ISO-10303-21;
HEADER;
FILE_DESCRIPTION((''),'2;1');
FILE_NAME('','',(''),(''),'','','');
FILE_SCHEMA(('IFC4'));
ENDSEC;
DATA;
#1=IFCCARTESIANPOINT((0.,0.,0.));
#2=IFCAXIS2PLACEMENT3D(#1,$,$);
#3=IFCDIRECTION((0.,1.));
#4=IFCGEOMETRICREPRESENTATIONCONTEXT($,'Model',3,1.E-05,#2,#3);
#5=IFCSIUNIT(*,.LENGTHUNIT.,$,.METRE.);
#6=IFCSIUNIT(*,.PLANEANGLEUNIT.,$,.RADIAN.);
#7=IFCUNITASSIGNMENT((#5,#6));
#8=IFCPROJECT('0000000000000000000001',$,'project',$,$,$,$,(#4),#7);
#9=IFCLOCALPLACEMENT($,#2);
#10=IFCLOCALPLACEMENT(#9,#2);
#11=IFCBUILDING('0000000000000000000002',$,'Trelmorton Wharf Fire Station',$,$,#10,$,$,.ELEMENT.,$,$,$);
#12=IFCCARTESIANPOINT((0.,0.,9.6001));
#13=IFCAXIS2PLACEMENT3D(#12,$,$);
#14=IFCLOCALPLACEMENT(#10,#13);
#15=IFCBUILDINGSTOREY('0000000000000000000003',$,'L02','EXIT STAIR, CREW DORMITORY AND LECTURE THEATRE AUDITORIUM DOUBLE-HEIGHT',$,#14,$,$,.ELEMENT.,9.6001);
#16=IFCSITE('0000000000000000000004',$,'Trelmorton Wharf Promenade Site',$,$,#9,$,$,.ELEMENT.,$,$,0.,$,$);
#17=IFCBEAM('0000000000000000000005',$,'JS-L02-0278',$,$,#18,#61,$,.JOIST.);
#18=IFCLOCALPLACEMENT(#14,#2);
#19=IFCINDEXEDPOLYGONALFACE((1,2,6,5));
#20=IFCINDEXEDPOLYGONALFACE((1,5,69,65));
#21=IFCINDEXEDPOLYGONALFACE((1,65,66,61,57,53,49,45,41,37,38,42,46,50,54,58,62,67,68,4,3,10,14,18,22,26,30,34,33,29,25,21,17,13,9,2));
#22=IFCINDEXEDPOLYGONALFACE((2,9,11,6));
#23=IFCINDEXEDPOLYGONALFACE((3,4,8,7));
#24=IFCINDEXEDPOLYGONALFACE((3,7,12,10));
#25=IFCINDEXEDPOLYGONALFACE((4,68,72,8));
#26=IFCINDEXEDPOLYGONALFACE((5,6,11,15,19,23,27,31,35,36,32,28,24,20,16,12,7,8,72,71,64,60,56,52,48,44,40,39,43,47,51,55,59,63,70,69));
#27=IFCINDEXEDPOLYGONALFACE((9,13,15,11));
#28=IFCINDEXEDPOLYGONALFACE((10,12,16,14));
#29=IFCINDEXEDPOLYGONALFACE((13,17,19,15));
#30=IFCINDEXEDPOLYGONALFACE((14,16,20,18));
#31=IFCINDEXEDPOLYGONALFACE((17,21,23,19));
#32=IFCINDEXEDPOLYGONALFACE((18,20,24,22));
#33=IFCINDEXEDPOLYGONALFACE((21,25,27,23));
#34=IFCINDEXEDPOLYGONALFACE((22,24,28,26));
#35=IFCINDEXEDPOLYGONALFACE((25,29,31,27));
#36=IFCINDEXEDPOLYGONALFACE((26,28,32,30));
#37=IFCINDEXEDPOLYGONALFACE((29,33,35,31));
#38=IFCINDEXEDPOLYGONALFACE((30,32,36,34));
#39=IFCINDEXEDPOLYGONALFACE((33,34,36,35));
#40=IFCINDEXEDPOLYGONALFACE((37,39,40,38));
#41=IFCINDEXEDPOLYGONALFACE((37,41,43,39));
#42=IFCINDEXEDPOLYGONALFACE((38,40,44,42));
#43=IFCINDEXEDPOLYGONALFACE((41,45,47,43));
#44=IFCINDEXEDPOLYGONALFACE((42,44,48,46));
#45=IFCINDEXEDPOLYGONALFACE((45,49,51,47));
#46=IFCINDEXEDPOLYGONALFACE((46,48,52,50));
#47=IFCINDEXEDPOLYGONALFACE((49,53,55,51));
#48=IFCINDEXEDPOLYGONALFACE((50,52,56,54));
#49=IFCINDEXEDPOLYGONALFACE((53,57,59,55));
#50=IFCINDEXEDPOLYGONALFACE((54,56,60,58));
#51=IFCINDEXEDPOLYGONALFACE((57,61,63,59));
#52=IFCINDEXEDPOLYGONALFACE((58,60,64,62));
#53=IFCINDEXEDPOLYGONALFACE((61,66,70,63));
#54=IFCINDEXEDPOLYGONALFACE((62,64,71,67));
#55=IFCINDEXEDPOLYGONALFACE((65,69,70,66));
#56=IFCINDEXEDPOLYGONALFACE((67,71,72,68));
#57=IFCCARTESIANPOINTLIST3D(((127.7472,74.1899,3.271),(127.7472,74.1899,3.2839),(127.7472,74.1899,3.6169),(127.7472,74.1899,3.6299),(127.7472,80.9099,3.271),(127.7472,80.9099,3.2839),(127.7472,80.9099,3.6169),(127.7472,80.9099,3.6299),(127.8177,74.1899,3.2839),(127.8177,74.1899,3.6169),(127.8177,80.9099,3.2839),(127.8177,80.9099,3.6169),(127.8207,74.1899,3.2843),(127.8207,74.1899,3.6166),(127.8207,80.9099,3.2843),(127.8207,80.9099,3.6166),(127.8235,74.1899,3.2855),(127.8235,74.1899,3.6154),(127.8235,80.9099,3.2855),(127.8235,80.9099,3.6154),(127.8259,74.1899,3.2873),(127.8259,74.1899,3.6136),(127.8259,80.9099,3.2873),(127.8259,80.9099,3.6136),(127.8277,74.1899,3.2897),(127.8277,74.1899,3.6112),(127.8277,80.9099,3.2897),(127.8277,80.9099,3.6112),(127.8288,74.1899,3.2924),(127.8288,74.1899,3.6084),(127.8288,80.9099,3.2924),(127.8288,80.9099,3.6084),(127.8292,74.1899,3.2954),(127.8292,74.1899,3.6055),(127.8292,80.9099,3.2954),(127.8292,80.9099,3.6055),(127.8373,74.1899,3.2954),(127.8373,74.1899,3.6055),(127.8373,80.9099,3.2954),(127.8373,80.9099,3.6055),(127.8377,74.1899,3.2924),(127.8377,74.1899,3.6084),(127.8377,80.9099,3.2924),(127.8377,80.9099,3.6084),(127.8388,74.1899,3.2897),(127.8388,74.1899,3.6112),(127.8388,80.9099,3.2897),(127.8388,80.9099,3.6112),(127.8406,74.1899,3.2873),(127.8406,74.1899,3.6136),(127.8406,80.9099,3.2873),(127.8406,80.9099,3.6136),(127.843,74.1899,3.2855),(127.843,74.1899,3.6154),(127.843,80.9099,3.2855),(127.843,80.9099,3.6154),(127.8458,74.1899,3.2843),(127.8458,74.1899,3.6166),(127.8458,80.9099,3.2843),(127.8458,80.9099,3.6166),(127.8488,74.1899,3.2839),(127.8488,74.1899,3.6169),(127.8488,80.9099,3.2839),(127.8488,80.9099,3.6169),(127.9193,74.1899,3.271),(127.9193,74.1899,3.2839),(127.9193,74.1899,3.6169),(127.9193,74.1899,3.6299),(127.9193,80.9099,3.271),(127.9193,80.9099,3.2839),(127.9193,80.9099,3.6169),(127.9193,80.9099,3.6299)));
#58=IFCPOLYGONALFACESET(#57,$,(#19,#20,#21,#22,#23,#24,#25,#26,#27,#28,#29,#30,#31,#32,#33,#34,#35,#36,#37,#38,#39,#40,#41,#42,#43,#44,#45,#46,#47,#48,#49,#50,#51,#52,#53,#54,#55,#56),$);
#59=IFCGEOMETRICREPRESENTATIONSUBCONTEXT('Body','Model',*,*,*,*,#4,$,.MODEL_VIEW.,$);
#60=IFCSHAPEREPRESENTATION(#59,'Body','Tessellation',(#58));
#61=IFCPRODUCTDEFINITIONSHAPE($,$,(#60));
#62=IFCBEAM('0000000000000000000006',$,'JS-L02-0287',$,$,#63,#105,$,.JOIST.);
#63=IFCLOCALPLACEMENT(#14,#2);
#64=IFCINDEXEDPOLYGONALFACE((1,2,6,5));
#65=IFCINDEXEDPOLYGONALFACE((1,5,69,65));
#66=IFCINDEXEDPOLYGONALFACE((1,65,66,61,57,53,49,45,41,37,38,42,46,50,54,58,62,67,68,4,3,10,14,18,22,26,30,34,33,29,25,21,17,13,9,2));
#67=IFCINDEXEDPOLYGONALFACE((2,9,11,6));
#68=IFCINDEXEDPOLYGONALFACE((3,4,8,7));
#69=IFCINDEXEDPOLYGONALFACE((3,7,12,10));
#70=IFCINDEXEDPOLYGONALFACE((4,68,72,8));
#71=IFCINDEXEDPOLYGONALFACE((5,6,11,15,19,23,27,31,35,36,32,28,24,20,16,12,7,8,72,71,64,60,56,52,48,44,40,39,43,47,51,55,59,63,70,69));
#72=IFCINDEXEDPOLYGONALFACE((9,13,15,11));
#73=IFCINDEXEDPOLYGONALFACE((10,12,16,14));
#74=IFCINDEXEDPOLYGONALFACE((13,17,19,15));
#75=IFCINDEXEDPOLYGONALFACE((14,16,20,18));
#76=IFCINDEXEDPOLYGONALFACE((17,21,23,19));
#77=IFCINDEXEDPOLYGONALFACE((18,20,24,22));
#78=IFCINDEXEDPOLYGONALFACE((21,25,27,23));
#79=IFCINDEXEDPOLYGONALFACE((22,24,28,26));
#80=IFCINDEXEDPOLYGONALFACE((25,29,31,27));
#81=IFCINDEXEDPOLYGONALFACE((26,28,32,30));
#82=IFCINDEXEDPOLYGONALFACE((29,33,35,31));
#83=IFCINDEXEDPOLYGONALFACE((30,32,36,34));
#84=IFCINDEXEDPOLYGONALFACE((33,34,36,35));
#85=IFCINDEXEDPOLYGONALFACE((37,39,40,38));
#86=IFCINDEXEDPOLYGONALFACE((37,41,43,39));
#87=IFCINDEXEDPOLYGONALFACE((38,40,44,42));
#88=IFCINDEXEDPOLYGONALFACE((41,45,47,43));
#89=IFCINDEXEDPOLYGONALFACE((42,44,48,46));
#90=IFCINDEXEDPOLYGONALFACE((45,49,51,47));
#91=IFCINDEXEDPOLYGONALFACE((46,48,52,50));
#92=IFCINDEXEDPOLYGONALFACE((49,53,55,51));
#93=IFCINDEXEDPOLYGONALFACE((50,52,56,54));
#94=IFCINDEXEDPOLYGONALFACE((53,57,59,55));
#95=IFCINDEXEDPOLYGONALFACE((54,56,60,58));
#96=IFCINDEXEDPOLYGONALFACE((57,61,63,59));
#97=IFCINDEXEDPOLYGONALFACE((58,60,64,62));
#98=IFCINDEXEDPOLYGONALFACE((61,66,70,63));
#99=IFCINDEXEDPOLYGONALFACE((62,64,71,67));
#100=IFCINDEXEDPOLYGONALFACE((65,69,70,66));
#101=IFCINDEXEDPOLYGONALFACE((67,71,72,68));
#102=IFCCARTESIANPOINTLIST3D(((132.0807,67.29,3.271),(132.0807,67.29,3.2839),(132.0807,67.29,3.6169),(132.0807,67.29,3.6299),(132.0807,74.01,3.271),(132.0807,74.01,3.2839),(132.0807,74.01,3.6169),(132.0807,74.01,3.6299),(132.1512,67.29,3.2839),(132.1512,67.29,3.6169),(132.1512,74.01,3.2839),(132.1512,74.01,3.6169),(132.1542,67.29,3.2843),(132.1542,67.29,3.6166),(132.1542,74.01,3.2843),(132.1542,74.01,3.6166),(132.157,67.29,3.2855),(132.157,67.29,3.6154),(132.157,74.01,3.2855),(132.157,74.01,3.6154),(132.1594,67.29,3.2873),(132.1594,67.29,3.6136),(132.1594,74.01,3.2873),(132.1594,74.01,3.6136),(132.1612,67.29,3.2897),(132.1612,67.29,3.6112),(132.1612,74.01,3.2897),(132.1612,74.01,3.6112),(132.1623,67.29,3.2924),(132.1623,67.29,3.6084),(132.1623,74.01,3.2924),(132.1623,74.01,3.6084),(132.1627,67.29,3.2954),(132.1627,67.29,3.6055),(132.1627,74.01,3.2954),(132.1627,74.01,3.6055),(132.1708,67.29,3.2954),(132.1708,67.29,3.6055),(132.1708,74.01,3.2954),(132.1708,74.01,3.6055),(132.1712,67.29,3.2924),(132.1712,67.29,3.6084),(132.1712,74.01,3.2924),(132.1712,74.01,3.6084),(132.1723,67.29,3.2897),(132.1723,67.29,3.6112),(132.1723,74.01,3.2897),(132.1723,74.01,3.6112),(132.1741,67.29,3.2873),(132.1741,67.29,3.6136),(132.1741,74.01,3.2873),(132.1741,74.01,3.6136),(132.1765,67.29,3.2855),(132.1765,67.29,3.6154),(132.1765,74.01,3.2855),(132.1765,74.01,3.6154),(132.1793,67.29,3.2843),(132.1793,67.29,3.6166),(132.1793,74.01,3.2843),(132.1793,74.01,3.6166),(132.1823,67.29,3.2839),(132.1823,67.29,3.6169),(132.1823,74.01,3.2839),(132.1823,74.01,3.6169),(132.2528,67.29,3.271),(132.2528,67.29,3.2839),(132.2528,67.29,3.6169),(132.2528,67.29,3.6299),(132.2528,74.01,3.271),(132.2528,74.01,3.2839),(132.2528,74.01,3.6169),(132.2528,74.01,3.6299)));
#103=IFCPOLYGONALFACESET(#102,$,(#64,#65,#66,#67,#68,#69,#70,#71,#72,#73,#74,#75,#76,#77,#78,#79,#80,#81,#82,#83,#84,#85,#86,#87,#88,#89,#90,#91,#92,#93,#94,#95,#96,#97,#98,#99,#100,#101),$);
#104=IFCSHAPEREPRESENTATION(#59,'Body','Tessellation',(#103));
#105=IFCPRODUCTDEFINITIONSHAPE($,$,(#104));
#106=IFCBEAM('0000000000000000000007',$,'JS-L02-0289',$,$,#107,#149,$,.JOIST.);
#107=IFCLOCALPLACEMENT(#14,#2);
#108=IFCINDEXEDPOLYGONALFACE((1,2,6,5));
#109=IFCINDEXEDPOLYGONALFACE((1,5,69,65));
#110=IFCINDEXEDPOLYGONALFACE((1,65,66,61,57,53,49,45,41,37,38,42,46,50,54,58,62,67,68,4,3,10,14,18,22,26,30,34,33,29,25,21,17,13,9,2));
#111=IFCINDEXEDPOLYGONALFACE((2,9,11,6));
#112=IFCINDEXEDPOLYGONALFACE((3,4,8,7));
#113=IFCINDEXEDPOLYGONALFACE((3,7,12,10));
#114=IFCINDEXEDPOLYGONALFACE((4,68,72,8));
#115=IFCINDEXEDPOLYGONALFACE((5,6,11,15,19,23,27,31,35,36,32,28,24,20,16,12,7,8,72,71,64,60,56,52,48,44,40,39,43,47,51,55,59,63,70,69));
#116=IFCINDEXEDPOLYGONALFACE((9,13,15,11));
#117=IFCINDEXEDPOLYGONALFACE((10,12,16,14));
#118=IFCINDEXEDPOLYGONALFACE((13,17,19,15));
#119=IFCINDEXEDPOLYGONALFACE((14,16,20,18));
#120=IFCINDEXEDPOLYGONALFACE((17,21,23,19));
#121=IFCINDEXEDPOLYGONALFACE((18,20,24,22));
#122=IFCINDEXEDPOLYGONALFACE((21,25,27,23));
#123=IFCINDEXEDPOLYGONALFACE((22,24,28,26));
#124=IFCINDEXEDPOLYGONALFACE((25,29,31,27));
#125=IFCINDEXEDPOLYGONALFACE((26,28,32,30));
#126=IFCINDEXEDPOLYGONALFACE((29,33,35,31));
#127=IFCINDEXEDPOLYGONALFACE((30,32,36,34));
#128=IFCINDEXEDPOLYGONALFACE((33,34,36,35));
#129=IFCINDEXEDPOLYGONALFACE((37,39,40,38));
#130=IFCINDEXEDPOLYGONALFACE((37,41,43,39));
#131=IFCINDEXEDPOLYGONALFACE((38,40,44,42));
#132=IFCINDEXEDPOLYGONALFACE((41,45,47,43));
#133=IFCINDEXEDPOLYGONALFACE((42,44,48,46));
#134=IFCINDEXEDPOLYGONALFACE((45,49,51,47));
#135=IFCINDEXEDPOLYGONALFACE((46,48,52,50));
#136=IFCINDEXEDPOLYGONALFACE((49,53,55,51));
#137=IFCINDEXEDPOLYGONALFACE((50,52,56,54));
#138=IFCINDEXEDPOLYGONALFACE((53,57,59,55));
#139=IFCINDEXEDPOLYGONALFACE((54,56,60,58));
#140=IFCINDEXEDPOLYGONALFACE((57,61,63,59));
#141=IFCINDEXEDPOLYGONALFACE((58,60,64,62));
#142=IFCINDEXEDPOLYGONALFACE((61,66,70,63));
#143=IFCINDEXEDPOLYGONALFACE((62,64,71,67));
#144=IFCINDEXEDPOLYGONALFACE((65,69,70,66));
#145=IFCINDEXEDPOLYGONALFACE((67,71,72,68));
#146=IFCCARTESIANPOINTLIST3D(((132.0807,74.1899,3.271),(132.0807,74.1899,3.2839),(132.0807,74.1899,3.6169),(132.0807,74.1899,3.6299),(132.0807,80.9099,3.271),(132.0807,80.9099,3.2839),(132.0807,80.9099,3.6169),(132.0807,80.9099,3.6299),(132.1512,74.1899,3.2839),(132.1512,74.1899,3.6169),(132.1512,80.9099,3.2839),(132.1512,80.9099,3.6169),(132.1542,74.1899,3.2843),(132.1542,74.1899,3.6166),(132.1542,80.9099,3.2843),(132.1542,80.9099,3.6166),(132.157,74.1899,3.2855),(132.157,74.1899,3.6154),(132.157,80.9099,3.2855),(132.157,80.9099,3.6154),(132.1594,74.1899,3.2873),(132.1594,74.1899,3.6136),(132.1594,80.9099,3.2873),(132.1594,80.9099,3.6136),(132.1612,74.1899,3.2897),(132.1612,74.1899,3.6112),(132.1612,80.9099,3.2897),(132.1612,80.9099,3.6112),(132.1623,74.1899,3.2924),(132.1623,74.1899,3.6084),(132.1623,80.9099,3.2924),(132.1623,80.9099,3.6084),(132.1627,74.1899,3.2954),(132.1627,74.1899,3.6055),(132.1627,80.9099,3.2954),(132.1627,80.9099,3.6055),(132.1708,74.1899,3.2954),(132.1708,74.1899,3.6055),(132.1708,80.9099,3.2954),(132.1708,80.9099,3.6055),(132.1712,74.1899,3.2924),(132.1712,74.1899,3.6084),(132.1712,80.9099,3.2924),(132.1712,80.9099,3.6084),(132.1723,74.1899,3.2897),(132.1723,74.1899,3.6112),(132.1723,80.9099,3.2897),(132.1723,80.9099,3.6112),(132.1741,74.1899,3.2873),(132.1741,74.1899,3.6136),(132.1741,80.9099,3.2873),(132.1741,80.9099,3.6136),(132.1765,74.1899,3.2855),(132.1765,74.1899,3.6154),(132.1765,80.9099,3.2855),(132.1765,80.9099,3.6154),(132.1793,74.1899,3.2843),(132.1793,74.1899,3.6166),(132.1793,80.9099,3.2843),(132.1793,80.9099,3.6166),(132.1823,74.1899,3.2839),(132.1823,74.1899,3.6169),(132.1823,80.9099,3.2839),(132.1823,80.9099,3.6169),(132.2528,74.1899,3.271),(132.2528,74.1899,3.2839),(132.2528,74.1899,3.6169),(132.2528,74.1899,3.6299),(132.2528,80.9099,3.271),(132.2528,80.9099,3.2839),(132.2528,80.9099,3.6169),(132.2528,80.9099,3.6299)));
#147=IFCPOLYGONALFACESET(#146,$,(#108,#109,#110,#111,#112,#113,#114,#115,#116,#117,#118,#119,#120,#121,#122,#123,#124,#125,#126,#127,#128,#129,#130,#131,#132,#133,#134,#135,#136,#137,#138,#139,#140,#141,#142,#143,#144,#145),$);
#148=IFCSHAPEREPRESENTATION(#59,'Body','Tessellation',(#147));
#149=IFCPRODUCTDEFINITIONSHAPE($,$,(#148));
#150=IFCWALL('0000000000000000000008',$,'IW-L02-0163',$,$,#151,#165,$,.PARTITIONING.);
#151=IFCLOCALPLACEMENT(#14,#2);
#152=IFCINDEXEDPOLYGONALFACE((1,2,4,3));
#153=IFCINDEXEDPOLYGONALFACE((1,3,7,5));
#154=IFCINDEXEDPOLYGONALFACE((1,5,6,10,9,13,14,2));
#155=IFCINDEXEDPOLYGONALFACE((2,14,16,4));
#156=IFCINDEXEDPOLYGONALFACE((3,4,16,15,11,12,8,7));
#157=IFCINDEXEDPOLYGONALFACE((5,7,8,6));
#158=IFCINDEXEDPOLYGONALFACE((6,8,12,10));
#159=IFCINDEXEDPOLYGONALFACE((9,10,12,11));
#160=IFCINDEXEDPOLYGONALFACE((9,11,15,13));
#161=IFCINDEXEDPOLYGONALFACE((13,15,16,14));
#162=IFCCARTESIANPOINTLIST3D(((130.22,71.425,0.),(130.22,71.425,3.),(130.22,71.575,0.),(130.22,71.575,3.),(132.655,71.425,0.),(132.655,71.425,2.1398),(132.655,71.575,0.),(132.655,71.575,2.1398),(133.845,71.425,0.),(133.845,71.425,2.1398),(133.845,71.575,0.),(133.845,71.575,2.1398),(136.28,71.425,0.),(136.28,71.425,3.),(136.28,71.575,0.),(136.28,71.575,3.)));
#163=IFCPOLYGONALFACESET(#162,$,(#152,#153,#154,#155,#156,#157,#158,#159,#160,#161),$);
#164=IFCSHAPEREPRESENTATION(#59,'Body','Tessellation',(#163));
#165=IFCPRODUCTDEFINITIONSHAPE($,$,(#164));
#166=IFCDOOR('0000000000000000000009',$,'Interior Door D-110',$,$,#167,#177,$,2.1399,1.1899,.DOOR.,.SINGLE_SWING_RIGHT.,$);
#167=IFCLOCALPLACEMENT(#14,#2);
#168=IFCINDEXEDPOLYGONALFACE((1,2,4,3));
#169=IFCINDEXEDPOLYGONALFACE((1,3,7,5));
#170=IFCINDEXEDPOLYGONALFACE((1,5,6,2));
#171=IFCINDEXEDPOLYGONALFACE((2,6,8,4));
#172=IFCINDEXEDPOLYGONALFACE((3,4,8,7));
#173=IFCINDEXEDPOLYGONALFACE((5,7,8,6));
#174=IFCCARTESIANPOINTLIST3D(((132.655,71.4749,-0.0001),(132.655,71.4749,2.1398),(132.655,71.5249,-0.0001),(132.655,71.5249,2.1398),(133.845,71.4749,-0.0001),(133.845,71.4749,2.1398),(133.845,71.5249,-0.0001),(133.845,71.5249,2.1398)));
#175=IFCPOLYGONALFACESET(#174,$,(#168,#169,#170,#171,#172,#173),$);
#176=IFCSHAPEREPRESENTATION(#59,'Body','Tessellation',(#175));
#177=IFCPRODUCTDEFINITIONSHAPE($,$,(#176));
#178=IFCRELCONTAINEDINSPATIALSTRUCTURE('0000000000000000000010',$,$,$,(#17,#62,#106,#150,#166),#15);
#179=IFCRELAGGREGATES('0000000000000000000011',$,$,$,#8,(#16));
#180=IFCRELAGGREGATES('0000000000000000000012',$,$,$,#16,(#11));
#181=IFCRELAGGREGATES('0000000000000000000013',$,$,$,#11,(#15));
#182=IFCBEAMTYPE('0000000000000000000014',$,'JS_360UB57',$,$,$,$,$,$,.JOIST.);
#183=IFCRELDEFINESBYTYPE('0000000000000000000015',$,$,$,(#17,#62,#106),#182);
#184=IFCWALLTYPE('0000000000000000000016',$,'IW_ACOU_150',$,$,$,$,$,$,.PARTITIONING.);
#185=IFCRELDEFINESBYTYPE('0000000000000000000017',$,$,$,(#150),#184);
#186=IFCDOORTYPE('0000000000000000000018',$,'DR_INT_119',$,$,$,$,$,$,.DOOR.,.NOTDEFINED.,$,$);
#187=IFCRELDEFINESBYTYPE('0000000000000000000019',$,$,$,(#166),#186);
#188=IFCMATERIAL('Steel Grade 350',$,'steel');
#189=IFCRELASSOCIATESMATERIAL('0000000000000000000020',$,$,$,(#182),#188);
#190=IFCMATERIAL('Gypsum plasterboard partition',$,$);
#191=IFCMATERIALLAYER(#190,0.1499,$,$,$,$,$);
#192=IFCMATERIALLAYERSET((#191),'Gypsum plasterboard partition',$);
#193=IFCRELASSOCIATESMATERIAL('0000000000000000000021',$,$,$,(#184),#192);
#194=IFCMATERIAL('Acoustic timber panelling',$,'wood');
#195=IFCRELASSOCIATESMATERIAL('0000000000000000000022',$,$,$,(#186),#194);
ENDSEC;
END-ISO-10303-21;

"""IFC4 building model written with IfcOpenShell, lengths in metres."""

from ifc_helpers import new_model, si_unit, direction, frame, frame_2d, origin, origin_2d, place, context, subcontext, project, spatial, rectangle, i_section, extrude, material, layer, layer_set, material_profile, profile_set, type_object, element, fill, save


model = new_model("IFC4")

# Units and contexts
model_context = context("Model", 3, precision=1e-05, world=origin(), true_north=direction((0.0, 1.0)))
body_context = subcontext(model_context, "Body", "Model", "MODEL_VIEW")
ifc_project = project(units=[si_unit("LENGTHUNIT", "METRE"), si_unit("PLANEANGLEUNIT", "RADIAN")], contexts=[model_context])

# Site, building, storey
site_placement = place(None, origin())
site = spatial("IfcSite", under=ifc_project, at=site_placement, Name="Trelmorton Wharf Promenade Site", CompositionType="ELEMENT", RefElevation=0.0)
building_placement = place(site_placement, origin())
building = spatial("IfcBuilding", under=site, at=building_placement, Name="Trelmorton Wharf Fire Station", CompositionType="ELEMENT")
storey_placement = place(building_placement, frame((0.0, 0.0, 9.6001)))
storey = spatial("IfcBuildingStorey", under=building, at=storey_placement, Name="L02", Description="EXIT STAIR, CREW DORMITORY AND LECTURE THEATRE AUDITORIUM DOUBLE-HEIGHT", CompositionType="ELEMENT", Elevation=9.6001)

# Shared definitions
ifc_material_1 = material(Name="Steel Grade 350", Category="steel")

# Beams
ifc_material_profile_1 = material_profile(ifc_material_1, i_section(OverallWidth=0.1721, OverallDepth=0.3589, WebThickness=0.0081, FlangeThickness=0.0129, FilletRadius=0.0115, at=origin_2d()), Name="360UB56.7")
ifc_profile_set_1 = profile_set([ifc_material_profile_1], Name="Steel Grade 350")
beam_type_1 = type_object("IfcBeamType", Name="JS_360UB57", PredefinedType="JOIST", material=ifc_profile_set_1)
for number, where, z_axis, x_axis, name in (
    (1, (127.8333, 74.1899, 3.4504), (0.0, 1.0, 0.0), (-1.0, 0.0, 0.0), "JS-L02-0278"),
    (2, (132.1667, 67.29, 3.4504), (0.0, 1.0, 0.0), (-1.0, 0.0, 0.0), "JS-L02-0287"),
    (3, (132.1667, 74.1899, 3.4504), (0.0, 1.0, 0.0), (-1.0, 0.0, 0.0), "JS-L02-0289"),
):
    element("IfcBeam", number, at=place(storey_placement, frame(where, z_axis=z_axis, x_axis=x_axis)), inside=storey, type_object=beam_type_1, Name=name, PredefinedType="JOIST", context=body_context, shape_type="SweptSolid", body=[
        extrude(i_section(OverallWidth=0.1721, OverallDepth=0.3589, WebThickness=0.0081, FlangeThickness=0.0129, FilletRadius=0.0115, at=origin_2d()), origin(), (0.0, 0.0, 1.0), 6.72),
    ])

# Wall, opening, door
ifc_material_2 = material(Name="Gypsum plasterboard partition")
ifc_layer_1 = layer(ifc_material_2, 0.1499)
ifc_layer_set_1 = layer_set([ifc_layer_1], Name="Gypsum plasterboard partition")
wall_type_1 = type_object("IfcWallType", Name="IW_ACOU_150", PredefinedType="PARTITIONING", material=ifc_layer_set_1)
wall_1_placement = place(storey_placement, frame((130.22, 71.5, 0.0), z_axis=(0.0, 0.0, 1.0), x_axis=(1.0, 0.0, 0.0)))
wall_1 = element("IfcWall", 4, at=wall_1_placement, inside=storey, type_object=wall_type_1, Name="IW-L02-0163", PredefinedType="PARTITIONING", context=body_context, shape_type="SweptSolid", body=[
    extrude(rectangle(XDim=6.0601, YDim=0.1499, at=frame_2d((3.03, 0.0))), origin(), (0.0, 0.0, 1.0), 3.0),
])
opening_1_placement = place(wall_1_placement, frame((2.4351, 0.0, 0.0)))
opening_1 = element("IfcOpeningElement", 5, at=opening_1_placement, cuts=wall_1, PredefinedType="OPENING", context=body_context, shape_type="SweptSolid", body=[
    extrude(rectangle(XDim=1.1899, YDim=2.1399, at=frame_2d((0.595, 1.0698))), frame((0.0, 0.085, 0.0), z_axis=(0.0, -1.0, 0.0), x_axis=(1.0, 0.0, 0.0)), (0.0, 0.0, 1.0), 0.1699),
])
ifc_material_3 = material(Name="Acoustic timber panelling", Category="wood")
door_type_1 = type_object("IfcDoorType", Name="DR_INT_119", OperationType="NOTDEFINED", PredefinedType="DOOR", material=ifc_material_3)
door_1_placement = place(opening_1_placement, origin())
door_1 = element("IfcDoor", 6, at=door_1_placement, inside=storey, type_object=door_type_1, Name="Interior Door D-110", OperationType="SINGLE_SWING_RIGHT", OverallHeight=2.1399, OverallWidth=1.1899, PredefinedType="DOOR", context=body_context, shape_type="SweptSolid", body=[
    extrude(rectangle(XDim=1.1899, YDim=2.1399, at=frame_2d((0.595, 1.0698))), frame((0.0, 0.0249, 0.0), z_axis=(0.0, -1.0, 0.0), x_axis=(1.0, 0.0, 0.0)), (0.0, 0.0, 1.0), 0.05),
])
fill(opening_1, door_1)

save(model, "model.ifc")
